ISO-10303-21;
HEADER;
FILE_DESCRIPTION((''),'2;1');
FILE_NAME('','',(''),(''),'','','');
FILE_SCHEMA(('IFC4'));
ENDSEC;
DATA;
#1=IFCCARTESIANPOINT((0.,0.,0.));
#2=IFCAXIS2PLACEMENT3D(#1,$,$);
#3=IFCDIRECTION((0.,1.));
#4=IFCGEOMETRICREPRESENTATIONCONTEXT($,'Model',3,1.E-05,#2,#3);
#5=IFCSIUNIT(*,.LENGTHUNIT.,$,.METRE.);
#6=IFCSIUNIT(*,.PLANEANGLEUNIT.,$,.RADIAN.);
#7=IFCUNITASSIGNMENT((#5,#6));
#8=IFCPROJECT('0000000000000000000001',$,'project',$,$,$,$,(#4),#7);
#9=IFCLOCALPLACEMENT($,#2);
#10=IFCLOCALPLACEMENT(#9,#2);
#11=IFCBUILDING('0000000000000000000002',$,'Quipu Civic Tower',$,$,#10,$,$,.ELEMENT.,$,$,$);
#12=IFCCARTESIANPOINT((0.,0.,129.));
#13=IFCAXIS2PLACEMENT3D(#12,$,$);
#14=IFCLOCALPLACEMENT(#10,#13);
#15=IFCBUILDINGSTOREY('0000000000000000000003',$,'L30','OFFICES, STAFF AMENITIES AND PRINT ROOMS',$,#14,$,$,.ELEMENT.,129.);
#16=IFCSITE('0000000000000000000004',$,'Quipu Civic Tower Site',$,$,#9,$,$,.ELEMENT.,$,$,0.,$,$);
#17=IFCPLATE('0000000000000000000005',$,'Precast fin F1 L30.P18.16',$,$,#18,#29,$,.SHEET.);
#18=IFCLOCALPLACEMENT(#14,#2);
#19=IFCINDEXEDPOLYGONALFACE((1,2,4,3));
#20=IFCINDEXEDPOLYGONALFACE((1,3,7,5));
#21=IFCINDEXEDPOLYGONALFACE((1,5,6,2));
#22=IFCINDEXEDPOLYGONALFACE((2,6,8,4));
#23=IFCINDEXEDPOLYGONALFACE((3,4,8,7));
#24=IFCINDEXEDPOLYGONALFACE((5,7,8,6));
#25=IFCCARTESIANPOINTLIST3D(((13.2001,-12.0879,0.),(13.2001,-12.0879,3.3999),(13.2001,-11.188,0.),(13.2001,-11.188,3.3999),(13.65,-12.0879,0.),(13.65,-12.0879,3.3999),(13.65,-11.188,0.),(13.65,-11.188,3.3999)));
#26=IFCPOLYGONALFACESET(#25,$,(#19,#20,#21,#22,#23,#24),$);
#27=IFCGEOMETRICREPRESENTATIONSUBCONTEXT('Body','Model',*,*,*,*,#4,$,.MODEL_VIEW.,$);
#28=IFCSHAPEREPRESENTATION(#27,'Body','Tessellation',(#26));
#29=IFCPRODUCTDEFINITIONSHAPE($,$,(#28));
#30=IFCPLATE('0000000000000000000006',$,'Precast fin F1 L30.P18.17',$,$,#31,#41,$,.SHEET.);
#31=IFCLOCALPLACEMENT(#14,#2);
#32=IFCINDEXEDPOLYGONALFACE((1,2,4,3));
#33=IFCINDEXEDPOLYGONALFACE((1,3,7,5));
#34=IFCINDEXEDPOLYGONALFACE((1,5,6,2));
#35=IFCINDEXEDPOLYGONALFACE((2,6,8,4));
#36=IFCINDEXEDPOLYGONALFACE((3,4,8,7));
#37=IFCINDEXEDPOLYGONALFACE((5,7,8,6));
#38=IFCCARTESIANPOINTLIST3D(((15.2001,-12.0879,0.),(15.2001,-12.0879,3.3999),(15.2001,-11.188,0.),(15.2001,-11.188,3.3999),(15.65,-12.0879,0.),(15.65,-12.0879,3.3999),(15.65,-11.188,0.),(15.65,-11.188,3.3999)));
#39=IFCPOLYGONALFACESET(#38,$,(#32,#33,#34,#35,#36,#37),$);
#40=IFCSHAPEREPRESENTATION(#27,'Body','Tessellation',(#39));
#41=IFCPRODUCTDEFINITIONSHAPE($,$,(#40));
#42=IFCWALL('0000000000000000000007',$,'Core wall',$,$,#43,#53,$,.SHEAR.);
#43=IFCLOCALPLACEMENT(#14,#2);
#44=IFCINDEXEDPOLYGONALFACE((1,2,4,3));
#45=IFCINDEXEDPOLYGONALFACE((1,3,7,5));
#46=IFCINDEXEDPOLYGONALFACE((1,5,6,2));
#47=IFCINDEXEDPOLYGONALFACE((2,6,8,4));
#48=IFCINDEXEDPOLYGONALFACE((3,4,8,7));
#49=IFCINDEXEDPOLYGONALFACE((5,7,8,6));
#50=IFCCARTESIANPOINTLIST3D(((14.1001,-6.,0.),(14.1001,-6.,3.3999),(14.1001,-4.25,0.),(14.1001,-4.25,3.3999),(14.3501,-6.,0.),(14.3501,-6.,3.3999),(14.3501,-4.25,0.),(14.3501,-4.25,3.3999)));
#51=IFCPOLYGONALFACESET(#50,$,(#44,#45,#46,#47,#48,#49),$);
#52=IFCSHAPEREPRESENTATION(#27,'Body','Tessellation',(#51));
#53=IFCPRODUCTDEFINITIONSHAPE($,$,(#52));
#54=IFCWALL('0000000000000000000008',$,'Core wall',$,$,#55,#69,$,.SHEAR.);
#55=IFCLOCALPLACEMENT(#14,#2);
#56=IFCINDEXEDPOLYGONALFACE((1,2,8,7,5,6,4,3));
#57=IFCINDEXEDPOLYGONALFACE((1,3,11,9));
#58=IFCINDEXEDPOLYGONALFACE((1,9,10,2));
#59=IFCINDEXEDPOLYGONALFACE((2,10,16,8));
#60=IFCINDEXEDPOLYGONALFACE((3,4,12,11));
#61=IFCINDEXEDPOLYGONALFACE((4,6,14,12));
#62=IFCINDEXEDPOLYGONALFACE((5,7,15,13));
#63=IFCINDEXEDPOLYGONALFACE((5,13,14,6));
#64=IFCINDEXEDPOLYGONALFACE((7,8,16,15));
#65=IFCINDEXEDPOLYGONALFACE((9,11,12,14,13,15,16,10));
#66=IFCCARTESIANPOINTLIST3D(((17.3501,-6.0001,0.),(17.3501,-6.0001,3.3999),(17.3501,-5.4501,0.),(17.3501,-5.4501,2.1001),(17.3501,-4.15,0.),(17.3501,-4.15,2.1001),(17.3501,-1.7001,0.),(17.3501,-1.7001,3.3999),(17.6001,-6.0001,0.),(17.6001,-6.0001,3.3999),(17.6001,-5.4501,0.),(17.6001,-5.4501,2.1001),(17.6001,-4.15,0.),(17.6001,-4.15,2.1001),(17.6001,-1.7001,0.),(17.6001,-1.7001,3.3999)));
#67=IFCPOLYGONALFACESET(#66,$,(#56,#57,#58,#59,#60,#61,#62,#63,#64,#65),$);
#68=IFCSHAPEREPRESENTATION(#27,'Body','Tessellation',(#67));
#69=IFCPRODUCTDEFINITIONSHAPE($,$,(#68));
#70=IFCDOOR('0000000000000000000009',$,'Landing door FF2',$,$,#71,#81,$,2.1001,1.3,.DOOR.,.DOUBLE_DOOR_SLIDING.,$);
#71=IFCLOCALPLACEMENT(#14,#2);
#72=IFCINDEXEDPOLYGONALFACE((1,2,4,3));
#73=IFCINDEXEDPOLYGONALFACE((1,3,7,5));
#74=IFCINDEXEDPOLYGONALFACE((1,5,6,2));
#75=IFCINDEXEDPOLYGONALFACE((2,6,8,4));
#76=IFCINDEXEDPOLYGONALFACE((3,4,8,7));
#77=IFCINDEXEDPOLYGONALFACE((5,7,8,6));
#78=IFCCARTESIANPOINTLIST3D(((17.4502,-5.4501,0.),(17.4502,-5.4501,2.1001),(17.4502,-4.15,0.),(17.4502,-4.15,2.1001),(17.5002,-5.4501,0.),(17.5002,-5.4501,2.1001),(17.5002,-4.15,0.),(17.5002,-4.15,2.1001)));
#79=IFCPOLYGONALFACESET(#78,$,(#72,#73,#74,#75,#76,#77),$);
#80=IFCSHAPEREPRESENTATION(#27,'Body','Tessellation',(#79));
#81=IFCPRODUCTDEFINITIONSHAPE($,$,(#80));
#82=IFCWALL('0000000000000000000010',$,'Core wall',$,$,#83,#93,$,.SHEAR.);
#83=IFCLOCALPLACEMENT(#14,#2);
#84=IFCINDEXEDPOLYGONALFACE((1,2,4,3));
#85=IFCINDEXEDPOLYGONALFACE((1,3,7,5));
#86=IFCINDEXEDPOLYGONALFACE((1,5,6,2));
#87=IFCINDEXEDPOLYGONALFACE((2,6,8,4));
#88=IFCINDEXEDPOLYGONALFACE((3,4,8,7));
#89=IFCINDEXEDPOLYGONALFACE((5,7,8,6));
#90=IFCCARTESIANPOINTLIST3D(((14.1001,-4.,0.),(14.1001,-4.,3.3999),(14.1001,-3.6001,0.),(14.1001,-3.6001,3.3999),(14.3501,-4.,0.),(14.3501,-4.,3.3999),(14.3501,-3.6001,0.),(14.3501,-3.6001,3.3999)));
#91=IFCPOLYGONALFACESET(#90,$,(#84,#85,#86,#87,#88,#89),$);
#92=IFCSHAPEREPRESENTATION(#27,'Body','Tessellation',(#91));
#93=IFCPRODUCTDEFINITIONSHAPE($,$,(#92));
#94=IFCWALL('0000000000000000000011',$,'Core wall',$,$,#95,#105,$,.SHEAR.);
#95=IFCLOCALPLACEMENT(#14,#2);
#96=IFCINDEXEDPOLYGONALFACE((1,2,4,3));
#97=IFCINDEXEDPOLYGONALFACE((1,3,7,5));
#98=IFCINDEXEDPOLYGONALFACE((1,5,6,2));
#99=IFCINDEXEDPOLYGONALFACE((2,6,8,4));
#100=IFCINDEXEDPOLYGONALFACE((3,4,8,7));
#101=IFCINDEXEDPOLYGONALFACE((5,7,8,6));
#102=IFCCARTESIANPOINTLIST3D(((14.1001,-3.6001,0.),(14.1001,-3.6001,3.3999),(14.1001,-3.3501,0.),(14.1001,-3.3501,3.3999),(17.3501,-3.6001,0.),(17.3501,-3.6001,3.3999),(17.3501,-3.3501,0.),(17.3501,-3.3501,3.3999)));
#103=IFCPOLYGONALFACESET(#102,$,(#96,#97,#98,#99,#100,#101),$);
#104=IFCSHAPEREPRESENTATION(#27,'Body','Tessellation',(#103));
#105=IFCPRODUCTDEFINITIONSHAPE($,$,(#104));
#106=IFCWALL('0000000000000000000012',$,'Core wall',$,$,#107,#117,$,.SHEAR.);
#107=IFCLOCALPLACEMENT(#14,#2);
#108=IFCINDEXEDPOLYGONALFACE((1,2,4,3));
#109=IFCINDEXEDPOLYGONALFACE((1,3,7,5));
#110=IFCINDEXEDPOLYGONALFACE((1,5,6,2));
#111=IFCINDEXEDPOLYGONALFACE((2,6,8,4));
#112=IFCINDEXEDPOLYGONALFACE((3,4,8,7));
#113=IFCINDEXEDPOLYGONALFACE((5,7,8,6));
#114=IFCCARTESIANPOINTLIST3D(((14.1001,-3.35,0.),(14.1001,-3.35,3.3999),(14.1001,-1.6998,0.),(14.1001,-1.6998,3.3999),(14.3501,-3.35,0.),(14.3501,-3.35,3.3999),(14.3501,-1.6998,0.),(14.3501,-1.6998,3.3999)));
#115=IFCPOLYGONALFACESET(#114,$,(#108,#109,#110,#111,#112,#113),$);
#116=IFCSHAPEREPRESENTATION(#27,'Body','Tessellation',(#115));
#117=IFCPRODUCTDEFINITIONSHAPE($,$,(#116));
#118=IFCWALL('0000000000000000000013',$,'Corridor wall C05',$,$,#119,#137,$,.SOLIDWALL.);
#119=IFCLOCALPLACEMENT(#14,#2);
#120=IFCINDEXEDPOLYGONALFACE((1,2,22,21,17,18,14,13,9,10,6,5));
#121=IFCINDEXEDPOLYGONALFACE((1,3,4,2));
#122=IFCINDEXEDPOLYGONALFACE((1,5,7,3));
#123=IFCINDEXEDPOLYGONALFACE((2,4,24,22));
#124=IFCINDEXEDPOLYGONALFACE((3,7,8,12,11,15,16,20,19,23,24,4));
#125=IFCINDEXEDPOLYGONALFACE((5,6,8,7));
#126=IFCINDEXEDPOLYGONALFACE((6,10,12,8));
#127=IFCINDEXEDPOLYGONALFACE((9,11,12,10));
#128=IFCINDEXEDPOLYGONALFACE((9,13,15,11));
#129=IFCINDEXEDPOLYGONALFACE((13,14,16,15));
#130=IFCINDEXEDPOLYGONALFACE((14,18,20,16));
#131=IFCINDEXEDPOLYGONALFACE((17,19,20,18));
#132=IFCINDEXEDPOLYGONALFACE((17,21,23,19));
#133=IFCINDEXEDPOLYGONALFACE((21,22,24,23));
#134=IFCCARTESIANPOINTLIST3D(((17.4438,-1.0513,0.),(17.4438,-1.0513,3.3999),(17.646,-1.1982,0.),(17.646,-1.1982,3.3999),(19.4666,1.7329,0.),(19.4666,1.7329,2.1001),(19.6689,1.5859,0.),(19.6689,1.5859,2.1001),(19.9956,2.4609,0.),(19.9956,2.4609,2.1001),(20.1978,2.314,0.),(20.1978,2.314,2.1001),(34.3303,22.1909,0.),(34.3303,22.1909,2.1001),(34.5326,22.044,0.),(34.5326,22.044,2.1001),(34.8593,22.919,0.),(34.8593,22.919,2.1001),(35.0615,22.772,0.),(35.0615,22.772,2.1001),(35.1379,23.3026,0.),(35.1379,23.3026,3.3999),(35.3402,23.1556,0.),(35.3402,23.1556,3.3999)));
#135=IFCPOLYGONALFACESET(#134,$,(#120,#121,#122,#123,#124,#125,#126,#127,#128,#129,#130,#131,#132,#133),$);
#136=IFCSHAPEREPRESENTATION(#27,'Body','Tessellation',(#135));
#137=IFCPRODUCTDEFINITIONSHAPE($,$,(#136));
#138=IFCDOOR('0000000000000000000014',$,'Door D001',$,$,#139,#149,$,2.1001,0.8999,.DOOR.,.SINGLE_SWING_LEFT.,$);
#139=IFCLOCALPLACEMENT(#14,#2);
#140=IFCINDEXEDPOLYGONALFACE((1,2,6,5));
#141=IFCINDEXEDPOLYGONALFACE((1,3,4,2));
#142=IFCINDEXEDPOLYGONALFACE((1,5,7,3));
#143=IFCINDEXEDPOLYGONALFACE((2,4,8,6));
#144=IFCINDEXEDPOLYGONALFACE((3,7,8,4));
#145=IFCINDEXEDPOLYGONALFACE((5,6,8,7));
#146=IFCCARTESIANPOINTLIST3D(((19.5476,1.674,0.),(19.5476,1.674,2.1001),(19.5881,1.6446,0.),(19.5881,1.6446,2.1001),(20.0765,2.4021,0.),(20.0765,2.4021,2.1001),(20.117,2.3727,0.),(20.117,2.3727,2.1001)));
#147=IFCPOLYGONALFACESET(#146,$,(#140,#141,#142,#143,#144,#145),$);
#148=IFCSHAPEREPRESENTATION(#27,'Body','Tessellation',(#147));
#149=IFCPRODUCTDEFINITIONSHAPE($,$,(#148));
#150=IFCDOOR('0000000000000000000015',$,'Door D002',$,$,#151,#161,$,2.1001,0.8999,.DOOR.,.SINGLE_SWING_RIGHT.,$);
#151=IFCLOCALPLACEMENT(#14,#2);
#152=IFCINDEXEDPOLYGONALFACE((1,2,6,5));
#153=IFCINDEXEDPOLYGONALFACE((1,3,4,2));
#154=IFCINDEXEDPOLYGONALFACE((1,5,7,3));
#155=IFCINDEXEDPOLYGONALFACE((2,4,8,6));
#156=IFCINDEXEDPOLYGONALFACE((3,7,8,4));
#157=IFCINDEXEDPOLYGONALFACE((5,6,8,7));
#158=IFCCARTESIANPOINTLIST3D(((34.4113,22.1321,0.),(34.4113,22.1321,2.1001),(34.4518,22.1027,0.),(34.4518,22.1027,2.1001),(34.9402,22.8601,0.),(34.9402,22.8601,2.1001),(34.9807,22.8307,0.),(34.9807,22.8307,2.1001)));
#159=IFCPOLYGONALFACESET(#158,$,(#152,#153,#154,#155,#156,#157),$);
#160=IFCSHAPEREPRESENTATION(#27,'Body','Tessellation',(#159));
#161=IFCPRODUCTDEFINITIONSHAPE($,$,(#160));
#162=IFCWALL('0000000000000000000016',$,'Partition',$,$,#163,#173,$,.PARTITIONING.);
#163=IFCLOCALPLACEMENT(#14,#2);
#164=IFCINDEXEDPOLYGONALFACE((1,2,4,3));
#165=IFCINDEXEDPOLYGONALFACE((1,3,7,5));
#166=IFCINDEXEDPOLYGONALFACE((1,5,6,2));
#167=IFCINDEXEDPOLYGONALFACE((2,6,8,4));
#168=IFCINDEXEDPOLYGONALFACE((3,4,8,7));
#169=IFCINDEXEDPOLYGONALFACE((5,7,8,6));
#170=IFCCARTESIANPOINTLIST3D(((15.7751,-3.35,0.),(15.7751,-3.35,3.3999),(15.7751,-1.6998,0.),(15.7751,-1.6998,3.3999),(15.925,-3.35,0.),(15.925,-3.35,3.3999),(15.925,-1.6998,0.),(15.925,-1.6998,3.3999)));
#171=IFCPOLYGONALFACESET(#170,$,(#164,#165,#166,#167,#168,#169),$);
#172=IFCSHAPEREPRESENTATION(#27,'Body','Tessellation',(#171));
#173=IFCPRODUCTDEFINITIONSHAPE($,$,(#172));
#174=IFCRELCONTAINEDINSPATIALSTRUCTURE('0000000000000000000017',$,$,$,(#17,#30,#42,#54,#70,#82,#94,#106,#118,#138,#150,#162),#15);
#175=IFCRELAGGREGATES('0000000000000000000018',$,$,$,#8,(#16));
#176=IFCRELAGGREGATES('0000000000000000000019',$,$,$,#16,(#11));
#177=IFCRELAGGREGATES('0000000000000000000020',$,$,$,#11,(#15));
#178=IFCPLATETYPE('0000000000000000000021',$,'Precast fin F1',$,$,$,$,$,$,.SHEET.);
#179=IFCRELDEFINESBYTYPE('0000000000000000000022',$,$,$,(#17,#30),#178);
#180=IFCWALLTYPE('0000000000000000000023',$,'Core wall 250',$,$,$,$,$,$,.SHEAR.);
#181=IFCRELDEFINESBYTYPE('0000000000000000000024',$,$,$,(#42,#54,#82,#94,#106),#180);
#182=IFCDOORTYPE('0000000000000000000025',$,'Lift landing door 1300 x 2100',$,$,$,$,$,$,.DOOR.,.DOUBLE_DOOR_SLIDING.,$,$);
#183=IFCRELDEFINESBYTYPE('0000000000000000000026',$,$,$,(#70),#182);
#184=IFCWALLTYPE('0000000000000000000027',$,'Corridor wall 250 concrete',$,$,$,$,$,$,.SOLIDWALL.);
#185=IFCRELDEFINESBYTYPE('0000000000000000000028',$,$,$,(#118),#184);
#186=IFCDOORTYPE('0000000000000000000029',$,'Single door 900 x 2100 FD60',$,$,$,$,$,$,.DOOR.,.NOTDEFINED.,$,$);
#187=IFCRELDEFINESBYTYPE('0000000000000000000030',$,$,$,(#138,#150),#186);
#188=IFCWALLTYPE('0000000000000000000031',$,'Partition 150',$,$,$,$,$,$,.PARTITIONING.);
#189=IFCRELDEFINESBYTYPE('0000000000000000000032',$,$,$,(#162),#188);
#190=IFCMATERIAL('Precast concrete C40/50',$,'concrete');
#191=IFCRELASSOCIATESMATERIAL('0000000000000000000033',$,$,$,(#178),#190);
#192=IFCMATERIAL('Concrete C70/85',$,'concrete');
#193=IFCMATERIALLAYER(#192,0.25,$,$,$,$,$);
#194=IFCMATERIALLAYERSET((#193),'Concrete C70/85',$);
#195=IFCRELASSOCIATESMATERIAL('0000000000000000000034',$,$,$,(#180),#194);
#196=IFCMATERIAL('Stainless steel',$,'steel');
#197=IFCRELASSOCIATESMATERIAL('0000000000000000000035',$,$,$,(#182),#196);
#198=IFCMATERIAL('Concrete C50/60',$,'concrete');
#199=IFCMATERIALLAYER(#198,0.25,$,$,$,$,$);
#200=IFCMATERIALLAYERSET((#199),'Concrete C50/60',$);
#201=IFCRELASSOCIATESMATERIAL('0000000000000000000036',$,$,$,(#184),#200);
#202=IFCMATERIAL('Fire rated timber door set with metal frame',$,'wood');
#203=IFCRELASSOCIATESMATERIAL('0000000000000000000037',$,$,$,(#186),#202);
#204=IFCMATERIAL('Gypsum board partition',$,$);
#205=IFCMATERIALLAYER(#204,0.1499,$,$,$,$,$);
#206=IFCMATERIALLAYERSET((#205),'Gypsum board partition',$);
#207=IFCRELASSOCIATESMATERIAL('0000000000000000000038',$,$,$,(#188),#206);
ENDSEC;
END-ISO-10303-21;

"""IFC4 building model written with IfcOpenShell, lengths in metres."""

from ifc_helpers import new_model, si_unit, direction, frame, frame_2d, origin, origin_2d, place, context, subcontext, project, spatial, rectangle, extrude, material, layer, layer_set, type_object, element, fill, save


model = new_model("IFC4")

# Units and contexts
model_context = context("Model", 3, precision=1e-05, world=origin(), true_north=direction((0.0, 1.0)))
body_context = subcontext(model_context, "Body", "Model", "MODEL_VIEW")
ifc_project = project(units=[si_unit("LENGTHUNIT", "METRE"), si_unit("PLANEANGLEUNIT", "RADIAN")], contexts=[model_context])

# Site, building, storey
site_placement = place(None, origin())
site = spatial("IfcSite", under=ifc_project, at=site_placement, Name="Quipu Civic Tower Site", CompositionType="ELEMENT", RefElevation=0.0)
building_placement = place(site_placement, origin())
building = spatial("IfcBuilding", under=site, at=building_placement, Name="Quipu Civic Tower", CompositionType="ELEMENT")
storey_placement = place(building_placement, frame((0.0, 0.0, 129.0)))
storey = spatial("IfcBuildingStorey", under=building, at=storey_placement, Name="L30", Description="OFFICES, STAFF AMENITIES AND PRINT ROOMS", CompositionType="ELEMENT", Elevation=129.0)

# Plates
ifc_material_1 = material(Name="Precast concrete C40/50", Category="concrete")
plate_type = type_object("IfcPlateType", Name="Precast fin F1", PredefinedType="SHEET", material=ifc_material_1)
for number, where, z_axis, x_axis, name in (
    (1, (13.425, -11.6379, 0.0), (0.0, 0.0, 1.0), (1.0, 0.0, 0.0), "Precast fin F1 L30.P18.16"),
    (2, (15.425, -11.6379, 0.0), (0.0, 0.0, 1.0), (1.0, 0.0, 0.0), "Precast fin F1 L30.P18.17"),
):
    element("IfcPlate", number, at=place(storey_placement, frame(where, z_axis=z_axis, x_axis=x_axis)), inside=storey, type_object=plate_type, Name=name, PredefinedType="SHEET", context=body_context, shape_type="SweptSolid", body=[
        extrude(rectangle(XDim=0.45, YDim=0.8999, at=origin_2d()), origin(), (0.0, 0.0, 1.0), 3.3999),
    ])

# Wall
ifc_material_2 = material(Name="Concrete C70/85", Category="concrete")
ifc_layer_1 = layer(ifc_material_2, 0.25)
ifc_layer_set_1 = layer_set([ifc_layer_1], Name="Concrete C70/85")
wall_type_1 = type_object("IfcWallType", Name="Core wall 250", PredefinedType="SHEAR", material=ifc_layer_set_1)
wall_1_placement = place(storey_placement, frame((14.2251, -6.0, 0.0), z_axis=(0.0, 0.0, 1.0), x_axis=(0.0, 1.0, 0.0)))
element("IfcWall", 3, at=wall_1_placement, inside=storey, type_object=wall_type_1, Name="Core wall", PredefinedType="SHEAR", context=body_context, shape_type="SweptSolid", body=[
    extrude(rectangle(XDim=1.75, YDim=0.25, at=frame_2d((0.875, 0.0))), origin(), (0.0, 0.0, 1.0), 3.3999),
])

# Wall, opening, door
wall_2_placement = place(storey_placement, frame((17.4751, -6.0, 0.0), z_axis=(0.0, 0.0, 1.0), x_axis=(0.0, 1.0, 0.0)))
wall_2 = element("IfcWall", 4, at=wall_2_placement, inside=storey, type_object=wall_type_1, Name="Core wall", PredefinedType="SHEAR", context=body_context, shape_type="SweptSolid", body=[
    extrude(rectangle(XDim=4.3, YDim=0.25, at=frame_2d((2.1499, 0.0))), origin(), (0.0, 0.0, 1.0), 3.3999),
])
opening_1_placement = place(wall_2_placement, frame((0.55, 0.0, 0.0)))
opening_1 = element("IfcOpeningElement", 5, at=opening_1_placement, cuts=wall_2, PredefinedType="OPENING", context=body_context, shape_type="SweptSolid", body=[
    extrude(rectangle(XDim=1.3, YDim=2.1001, at=frame_2d((0.6499, 1.05))), frame((0.0, 0.135, 0.0), z_axis=(0.0, -1.0, 0.0), x_axis=(1.0, 0.0, 0.0)), (0.0, 0.0, 1.0), 0.27),
])
ifc_material_3 = material(Name="Stainless steel", Category="steel")
door_type_1 = type_object("IfcDoorType", Name="Lift landing door 1300 x 2100", OperationType="DOUBLE_DOOR_SLIDING", PredefinedType="DOOR", material=ifc_material_3)
door_1_placement = place(opening_1_placement, origin())
door_1 = element("IfcDoor", 6, at=door_1_placement, inside=storey, type_object=door_type_1, Name="Landing door FF2", OperationType="DOUBLE_DOOR_SLIDING", OverallHeight=2.1001, OverallWidth=1.3, PredefinedType="DOOR", context=body_context, shape_type="SweptSolid", body=[
    extrude(rectangle(XDim=1.3, YDim=2.1001, at=frame_2d((0.6499, 1.05))), frame((0.0, 0.0249, 0.0), z_axis=(0.0, -1.0, 0.0), x_axis=(1.0, 0.0, 0.0)), (0.0, 0.0, 1.0), 0.05),
])
fill(opening_1, door_1)

# Walls
wall_3_placement = place(storey_placement, frame((14.2251, -4.0, 0.0), z_axis=(0.0, 0.0, 1.0), x_axis=(0.0, 1.0, 0.0)))
element("IfcWall", 7, at=wall_3_placement, inside=storey, type_object=wall_type_1, Name="Core wall", PredefinedType="SHEAR", context=body_context, shape_type="SweptSolid", body=[
    extrude(rectangle(XDim=0.3999, YDim=0.25, at=frame_2d((0.2, 0.0))), origin(), (0.0, 0.0, 1.0), 3.3999),
])
wall_4_placement = place(storey_placement, frame((14.1001, -3.4751, 0.0), z_axis=(0.0, 0.0, 1.0), x_axis=(1.0, 0.0, 0.0)))
element("IfcWall", 8, at=wall_4_placement, inside=storey, type_object=wall_type_1, Name="Core wall", PredefinedType="SHEAR", context=body_context, shape_type="SweptSolid", body=[
    extrude(rectangle(XDim=3.25, YDim=0.25, at=frame_2d((1.625, 0.0))), origin(), (0.0, 0.0, 1.0), 3.3999),
])
wall_5_placement = place(storey_placement, frame((14.2251, -3.3501, 0.0), z_axis=(0.0, 0.0, 1.0), x_axis=(0.0, 1.0, 0.0)))
element("IfcWall", 9, at=wall_5_placement, inside=storey, type_object=wall_type_1, Name="Core wall", PredefinedType="SHEAR", context=body_context, shape_type="SweptSolid", body=[
    extrude(rectangle(XDim=1.6501, YDim=0.25, at=frame_2d((0.8252, 0.0))), origin(), (0.0, 0.0, 1.0), 3.3999),
])

# Wall, openings, doors
ifc_material_4 = material(Name="Concrete C50/60", Category="concrete")
ifc_layer_2 = layer(ifc_material_4, 0.25)
ifc_layer_set_2 = layer_set([ifc_layer_2], Name="Concrete C50/60")
wall_type_2 = type_object("IfcWallType", Name="Corridor wall 250 concrete", PredefinedType="SOLIDWALL", material=ifc_layer_set_2)
wall_6_placement = place(storey_placement, frame((17.5449, -1.1248, 0.0), z_axis=(0.0, 0.0, 1.0), x_axis=(0.587786, 0.809016, 0.0)))
wall_6 = element("IfcWall", 10, at=wall_6_placement, inside=storey, type_object=wall_type_2, Name="Corridor wall C05", PredefinedType="SOLIDWALL", context=body_context, shape_type="SweptSolid", body=[
    extrude(rectangle(XDim=30.103, YDim=0.25, at=frame_2d((15.0515, 0.0))), origin(), (0.0, 0.0, 1.0), 3.3999),
])
opening_2_placement = place(wall_6_placement, frame((3.4414, 0.0, 0.0)))
opening_2 = element("IfcOpeningElement", 11, at=opening_2_placement, cuts=wall_6, PredefinedType="OPENING", context=body_context, shape_type="SweptSolid", body=[
    extrude(rectangle(XDim=0.8999, YDim=2.1001, at=frame_2d((0.45, 1.05))), frame((0.0, 0.135, 0.0), z_axis=(0.0, -1.0, 0.0), x_axis=(1.0, 0.0, 0.0)), (0.0, 0.0, 1.0), 0.27),
])
opening_3_placement = place(wall_6_placement, frame((28.729, 0.0, 0.0)))
opening_3 = element("IfcOpeningElement", 12, at=opening_3_placement, cuts=wall_6, PredefinedType="OPENING", context=body_context, shape_type="SweptSolid", body=[
    extrude(rectangle(XDim=0.8999, YDim=2.1001, at=frame_2d((0.45, 1.05))), frame((0.0, 0.135, 0.0), z_axis=(0.0, -1.0, 0.0), x_axis=(1.0, 0.0, 0.0)), (0.0, 0.0, 1.0), 0.27),
])
ifc_material_5 = material(Name="Fire rated timber door set with metal frame", Category="wood")
door_type_2 = type_object("IfcDoorType", Name="Single door 900 x 2100 FD60", OperationType="NOTDEFINED", PredefinedType="DOOR", material=ifc_material_5)
door_2_placement = place(opening_2_placement, origin())
door_2 = element("IfcDoor", 13, at=door_2_placement, inside=storey, type_object=door_type_2, Name="Door D001", OperationType="SINGLE_SWING_LEFT", OverallHeight=2.1001, OverallWidth=0.8999, PredefinedType="DOOR", context=body_context, shape_type="SweptSolid", body=[
    extrude(rectangle(XDim=0.8999, YDim=2.1001, at=frame_2d((0.45, 1.05))), frame((0.0, 0.0249, 0.0), z_axis=(0.0, -1.0, 0.0), x_axis=(1.0, 0.0, 0.0)), (0.0, 0.0, 1.0), 0.05),
])
fill(opening_2, door_2)
door_3_placement = place(opening_3_placement, origin())
door_3 = element("IfcDoor", 14, at=door_3_placement, inside=storey, type_object=door_type_2, Name="Door D002", OperationType="SINGLE_SWING_RIGHT", OverallHeight=2.1001, OverallWidth=0.8999, PredefinedType="DOOR", context=body_context, shape_type="SweptSolid", body=[
    extrude(rectangle(XDim=0.8999, YDim=2.1001, at=frame_2d((0.45, 1.05))), frame((0.0, 0.0249, 0.0), z_axis=(0.0, -1.0, 0.0), x_axis=(1.0, 0.0, 0.0)), (0.0, 0.0, 1.0), 0.05),
])
fill(opening_3, door_3)

# Wall
ifc_material_6 = material(Name="Gypsum board partition")
ifc_layer_3 = layer(ifc_material_6, 0.1499)
ifc_layer_set_3 = layer_set([ifc_layer_3], Name="Gypsum board partition")
wall_type_3 = type_object("IfcWallType", Name="Partition 150", PredefinedType="PARTITIONING", material=ifc_layer_set_3)
wall_7_placement = place(storey_placement, frame((15.8501, -3.3501, 0.0), z_axis=(0.0, 0.0, 1.0), x_axis=(0.0, 1.0, 0.0)))
element("IfcWall", 15, at=wall_7_placement, inside=storey, type_object=wall_type_3, Name="Partition", PredefinedType="PARTITIONING", context=body_context, shape_type="SweptSolid", body=[
    extrude(rectangle(XDim=1.6501, YDim=0.1499, at=frame_2d((0.8252, 0.0))), origin(), (0.0, 0.0, 1.0), 3.3999),
])

save(model, "model.ifc")
